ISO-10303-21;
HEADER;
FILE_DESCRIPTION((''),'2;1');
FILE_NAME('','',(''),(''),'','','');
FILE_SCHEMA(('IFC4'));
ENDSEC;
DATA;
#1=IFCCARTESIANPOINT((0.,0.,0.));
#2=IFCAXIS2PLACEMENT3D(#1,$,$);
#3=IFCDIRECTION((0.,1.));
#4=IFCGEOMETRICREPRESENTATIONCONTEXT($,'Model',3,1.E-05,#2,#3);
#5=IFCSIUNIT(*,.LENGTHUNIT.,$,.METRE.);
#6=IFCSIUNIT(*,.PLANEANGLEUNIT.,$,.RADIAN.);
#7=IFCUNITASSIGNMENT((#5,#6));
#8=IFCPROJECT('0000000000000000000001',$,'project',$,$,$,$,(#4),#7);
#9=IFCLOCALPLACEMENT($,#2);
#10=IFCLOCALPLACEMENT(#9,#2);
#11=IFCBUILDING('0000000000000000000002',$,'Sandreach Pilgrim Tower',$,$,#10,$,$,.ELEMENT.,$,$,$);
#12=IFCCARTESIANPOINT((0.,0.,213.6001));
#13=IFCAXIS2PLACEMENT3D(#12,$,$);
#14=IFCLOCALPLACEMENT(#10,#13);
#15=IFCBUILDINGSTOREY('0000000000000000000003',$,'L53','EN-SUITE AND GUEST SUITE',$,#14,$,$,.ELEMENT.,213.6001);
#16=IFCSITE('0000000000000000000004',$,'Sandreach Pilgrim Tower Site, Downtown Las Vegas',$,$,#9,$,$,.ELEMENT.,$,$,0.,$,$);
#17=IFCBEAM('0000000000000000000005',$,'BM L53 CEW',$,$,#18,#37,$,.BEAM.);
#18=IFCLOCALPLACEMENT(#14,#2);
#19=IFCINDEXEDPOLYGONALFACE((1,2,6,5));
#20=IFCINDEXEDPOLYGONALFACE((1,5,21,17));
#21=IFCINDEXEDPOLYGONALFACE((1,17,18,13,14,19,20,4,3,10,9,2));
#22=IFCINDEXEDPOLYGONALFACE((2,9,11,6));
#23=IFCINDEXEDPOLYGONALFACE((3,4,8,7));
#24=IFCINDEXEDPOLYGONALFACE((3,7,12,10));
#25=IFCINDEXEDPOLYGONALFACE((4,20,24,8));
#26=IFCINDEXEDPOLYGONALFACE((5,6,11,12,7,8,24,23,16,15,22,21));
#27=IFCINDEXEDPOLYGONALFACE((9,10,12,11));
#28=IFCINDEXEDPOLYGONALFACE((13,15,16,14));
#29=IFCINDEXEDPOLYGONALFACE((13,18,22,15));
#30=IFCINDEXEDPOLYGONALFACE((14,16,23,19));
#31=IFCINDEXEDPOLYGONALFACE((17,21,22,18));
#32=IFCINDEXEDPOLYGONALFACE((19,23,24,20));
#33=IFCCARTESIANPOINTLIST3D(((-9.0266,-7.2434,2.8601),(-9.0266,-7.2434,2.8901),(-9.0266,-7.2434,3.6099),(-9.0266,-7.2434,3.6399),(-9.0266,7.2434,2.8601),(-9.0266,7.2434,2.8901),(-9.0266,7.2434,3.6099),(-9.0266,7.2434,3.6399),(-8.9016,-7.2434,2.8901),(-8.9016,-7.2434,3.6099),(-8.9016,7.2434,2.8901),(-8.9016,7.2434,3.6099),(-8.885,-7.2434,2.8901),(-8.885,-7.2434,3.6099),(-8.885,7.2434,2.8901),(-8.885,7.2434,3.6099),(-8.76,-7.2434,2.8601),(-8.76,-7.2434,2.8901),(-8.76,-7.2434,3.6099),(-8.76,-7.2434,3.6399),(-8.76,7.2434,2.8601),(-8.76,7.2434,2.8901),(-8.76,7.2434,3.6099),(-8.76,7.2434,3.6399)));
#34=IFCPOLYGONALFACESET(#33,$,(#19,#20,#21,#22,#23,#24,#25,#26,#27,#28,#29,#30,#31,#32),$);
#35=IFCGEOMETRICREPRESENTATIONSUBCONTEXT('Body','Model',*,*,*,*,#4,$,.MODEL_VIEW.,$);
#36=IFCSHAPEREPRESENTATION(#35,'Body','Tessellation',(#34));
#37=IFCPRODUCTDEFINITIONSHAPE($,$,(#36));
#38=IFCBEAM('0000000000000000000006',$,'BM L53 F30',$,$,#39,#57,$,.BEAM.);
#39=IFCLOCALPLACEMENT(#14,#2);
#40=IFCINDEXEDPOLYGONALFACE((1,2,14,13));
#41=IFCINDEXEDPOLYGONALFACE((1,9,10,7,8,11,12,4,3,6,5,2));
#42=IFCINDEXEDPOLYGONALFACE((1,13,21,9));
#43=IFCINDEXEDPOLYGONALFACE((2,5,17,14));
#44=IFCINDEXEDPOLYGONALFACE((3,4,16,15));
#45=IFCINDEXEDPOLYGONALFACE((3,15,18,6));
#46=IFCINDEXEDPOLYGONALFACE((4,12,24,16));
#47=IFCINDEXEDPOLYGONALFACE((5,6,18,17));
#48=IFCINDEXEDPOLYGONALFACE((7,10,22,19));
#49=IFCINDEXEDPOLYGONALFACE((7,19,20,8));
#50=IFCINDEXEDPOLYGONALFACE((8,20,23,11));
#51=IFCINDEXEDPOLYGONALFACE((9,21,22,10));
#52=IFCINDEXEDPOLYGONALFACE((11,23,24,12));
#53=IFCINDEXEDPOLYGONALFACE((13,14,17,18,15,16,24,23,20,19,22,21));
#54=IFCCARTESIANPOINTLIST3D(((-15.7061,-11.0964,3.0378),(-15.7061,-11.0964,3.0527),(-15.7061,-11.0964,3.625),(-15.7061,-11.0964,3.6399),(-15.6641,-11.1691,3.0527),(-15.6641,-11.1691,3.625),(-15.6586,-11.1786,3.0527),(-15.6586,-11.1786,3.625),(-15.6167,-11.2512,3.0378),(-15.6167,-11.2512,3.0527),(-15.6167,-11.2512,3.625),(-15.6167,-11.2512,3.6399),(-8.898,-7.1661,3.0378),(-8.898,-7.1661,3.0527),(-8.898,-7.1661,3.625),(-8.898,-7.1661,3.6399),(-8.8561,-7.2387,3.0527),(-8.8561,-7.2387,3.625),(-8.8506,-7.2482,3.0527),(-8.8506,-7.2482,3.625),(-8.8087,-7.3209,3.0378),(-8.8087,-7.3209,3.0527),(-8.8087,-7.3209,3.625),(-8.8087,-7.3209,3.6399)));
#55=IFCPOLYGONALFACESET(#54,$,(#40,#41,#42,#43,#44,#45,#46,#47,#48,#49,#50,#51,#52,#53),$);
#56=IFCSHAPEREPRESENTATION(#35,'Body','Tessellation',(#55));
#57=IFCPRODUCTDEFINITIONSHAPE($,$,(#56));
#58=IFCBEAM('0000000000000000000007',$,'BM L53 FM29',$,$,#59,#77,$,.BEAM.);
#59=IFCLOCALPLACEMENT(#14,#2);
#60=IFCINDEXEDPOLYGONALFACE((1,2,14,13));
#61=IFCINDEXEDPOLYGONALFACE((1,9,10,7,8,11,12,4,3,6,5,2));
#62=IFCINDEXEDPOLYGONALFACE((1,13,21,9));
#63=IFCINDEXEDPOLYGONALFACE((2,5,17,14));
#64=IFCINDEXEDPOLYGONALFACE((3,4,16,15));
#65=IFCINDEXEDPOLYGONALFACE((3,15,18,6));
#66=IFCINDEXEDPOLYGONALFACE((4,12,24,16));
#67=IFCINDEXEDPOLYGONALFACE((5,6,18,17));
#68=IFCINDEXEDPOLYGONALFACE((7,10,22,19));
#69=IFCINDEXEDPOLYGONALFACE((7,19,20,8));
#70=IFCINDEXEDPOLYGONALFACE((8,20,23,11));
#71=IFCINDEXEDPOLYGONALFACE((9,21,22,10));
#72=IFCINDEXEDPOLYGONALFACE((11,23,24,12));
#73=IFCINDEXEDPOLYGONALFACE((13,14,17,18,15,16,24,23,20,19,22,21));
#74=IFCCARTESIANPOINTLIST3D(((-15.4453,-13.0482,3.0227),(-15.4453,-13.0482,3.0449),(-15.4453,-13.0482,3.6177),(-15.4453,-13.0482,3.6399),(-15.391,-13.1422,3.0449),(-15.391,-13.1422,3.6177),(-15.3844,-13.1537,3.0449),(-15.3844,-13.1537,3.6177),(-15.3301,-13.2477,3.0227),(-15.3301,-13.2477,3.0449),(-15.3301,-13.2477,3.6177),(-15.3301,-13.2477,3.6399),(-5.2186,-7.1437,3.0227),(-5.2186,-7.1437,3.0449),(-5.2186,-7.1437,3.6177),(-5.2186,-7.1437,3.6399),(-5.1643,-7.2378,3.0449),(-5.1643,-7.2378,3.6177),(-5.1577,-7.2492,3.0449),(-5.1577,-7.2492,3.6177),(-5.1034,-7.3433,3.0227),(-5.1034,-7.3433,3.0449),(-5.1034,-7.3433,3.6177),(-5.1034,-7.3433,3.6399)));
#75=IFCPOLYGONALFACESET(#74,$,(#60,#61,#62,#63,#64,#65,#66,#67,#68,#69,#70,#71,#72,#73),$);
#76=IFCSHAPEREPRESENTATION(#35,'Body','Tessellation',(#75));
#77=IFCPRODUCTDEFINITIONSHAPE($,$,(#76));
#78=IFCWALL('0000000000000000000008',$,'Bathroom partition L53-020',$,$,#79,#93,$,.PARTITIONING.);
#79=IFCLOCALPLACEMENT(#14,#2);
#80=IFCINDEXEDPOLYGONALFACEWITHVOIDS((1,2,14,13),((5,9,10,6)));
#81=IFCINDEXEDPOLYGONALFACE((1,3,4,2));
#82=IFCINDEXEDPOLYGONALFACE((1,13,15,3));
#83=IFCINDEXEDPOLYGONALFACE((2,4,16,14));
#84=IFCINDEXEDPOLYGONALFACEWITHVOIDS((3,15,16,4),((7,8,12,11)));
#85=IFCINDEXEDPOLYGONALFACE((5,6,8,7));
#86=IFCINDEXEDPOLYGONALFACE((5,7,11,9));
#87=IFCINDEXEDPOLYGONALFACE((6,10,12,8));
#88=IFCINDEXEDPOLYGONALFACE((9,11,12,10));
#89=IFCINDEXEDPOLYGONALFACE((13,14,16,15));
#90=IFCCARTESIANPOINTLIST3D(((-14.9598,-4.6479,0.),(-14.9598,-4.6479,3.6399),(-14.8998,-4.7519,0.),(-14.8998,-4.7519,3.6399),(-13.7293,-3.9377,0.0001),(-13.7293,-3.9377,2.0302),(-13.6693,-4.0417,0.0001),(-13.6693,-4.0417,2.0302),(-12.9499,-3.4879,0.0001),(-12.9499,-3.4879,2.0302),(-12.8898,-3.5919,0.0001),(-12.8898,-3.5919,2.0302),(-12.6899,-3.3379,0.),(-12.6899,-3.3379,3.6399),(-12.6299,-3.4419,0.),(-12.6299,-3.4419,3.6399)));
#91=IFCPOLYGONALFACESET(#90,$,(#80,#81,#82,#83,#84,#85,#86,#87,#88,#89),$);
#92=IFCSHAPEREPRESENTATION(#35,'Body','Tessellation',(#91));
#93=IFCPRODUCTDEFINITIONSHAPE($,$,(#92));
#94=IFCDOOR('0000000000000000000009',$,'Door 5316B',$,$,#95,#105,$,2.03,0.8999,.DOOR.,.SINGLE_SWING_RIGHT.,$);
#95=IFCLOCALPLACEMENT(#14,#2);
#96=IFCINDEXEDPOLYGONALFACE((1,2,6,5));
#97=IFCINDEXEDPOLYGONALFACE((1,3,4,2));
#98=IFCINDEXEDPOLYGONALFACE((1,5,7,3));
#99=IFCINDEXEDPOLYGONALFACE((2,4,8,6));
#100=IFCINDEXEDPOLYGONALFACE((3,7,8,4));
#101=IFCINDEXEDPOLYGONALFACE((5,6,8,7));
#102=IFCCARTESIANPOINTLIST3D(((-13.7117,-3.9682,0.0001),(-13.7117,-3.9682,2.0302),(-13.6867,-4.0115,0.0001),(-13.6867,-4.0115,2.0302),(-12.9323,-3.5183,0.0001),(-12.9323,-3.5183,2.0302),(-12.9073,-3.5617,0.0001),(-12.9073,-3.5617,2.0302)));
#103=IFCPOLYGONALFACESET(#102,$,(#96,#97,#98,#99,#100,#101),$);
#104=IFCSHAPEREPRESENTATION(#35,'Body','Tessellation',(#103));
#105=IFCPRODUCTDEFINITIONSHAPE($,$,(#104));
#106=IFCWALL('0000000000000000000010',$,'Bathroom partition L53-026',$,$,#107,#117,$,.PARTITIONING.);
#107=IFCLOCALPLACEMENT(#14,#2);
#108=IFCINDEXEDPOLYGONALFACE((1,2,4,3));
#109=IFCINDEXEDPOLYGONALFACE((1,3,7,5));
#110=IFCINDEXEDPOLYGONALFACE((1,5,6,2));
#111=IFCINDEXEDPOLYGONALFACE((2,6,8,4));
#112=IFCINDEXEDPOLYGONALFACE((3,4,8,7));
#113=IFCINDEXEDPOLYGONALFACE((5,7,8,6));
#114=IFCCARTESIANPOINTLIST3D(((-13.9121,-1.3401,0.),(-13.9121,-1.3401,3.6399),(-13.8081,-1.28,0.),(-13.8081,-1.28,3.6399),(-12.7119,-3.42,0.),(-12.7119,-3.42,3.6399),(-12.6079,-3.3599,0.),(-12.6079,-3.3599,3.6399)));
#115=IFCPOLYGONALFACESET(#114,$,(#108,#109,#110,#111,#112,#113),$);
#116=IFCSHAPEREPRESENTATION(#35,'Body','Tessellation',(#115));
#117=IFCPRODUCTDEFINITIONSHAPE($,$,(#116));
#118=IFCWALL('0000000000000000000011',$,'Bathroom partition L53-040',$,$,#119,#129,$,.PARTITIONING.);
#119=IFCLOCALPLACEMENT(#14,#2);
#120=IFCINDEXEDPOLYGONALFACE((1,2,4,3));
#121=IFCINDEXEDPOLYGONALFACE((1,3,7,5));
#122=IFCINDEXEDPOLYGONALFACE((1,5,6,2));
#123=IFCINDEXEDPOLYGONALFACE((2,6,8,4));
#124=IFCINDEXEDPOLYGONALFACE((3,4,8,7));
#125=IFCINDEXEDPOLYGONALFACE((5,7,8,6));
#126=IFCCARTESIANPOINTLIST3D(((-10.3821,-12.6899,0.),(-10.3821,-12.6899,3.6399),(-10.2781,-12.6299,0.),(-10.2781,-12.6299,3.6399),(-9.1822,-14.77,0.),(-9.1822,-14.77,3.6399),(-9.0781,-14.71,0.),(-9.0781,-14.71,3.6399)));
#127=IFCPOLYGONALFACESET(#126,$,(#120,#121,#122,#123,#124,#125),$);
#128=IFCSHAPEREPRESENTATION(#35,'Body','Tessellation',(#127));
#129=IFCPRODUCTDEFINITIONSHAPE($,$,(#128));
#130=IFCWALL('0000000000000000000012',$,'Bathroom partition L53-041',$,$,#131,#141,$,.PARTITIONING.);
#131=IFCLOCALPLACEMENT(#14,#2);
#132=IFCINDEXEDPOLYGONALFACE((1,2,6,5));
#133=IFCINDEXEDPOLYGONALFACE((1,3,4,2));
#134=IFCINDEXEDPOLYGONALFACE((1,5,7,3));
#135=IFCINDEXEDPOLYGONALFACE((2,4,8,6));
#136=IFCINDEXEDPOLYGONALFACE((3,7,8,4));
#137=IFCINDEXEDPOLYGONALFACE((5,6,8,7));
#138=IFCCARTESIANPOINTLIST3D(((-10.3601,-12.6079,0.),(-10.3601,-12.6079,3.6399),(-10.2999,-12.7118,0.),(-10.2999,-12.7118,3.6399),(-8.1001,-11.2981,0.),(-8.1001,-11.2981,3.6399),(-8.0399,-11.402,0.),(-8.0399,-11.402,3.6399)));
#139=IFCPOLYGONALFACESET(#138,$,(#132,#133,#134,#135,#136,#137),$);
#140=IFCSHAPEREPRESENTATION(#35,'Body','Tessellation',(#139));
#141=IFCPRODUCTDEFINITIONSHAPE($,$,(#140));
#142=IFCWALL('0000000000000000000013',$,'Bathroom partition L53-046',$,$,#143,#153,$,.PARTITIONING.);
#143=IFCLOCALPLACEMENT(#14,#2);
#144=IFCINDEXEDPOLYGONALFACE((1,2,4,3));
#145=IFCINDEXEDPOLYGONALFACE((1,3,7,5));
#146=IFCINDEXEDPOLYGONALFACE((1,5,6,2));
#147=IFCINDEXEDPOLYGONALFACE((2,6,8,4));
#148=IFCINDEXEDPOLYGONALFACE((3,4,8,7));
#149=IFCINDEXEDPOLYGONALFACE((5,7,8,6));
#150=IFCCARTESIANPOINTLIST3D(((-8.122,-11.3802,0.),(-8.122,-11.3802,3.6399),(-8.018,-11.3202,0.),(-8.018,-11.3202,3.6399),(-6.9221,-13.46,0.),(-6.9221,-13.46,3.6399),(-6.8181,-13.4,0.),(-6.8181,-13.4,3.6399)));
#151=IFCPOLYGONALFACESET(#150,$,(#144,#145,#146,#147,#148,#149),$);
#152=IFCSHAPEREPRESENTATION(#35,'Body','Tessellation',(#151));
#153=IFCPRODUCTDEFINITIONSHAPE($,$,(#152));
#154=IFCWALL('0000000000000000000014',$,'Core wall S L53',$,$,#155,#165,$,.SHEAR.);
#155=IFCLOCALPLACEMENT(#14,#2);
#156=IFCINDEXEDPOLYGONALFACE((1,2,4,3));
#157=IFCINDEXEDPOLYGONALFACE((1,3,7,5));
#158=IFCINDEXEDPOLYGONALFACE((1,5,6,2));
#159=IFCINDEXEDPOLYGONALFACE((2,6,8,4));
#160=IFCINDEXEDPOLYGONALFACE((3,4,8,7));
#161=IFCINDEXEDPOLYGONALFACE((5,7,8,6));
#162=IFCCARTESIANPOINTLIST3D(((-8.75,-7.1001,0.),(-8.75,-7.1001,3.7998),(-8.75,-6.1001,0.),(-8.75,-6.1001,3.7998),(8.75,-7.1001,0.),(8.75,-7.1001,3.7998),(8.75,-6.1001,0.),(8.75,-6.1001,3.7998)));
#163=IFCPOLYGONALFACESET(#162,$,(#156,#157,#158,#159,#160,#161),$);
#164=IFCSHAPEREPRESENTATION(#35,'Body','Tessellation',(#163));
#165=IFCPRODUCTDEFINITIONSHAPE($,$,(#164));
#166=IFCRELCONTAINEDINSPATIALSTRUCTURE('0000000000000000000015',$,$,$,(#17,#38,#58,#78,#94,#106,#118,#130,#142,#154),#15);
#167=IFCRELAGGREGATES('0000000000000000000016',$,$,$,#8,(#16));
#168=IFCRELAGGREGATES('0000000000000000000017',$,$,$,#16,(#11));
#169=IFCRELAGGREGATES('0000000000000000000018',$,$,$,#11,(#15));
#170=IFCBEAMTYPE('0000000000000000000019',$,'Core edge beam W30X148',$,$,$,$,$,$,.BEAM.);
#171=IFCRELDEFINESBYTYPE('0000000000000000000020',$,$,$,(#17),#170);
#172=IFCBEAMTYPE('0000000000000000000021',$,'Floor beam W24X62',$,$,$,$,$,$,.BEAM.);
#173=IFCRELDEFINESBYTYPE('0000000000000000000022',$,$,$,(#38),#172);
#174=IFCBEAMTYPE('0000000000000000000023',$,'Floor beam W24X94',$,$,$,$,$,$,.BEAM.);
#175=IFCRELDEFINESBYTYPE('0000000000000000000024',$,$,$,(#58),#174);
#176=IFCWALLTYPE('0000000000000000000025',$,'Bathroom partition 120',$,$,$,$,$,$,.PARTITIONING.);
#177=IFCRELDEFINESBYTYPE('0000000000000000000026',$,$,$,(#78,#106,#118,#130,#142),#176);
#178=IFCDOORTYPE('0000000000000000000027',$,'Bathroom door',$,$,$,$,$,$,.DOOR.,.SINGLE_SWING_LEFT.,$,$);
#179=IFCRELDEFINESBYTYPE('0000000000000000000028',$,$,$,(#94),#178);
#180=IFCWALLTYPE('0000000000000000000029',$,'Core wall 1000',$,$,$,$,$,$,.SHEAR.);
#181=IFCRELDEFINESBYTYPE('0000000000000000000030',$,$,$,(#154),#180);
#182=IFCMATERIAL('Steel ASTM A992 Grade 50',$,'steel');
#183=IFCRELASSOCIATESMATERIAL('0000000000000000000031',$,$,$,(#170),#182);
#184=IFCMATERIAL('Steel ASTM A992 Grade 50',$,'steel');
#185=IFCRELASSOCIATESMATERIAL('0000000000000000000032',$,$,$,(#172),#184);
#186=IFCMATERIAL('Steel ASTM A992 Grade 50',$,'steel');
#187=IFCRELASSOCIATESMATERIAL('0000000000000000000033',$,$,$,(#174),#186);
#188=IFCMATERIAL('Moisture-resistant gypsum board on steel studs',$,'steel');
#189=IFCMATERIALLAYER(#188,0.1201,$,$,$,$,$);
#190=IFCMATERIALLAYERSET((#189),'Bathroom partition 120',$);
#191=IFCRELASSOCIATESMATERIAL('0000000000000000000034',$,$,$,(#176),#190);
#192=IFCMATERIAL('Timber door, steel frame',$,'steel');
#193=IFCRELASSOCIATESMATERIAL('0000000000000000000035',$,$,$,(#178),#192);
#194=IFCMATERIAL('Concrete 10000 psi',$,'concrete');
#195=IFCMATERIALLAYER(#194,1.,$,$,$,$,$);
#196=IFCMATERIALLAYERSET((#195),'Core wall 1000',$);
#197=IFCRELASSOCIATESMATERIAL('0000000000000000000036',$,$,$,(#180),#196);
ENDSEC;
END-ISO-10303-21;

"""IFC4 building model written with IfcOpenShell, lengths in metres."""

from ifc_helpers import new_model, si_unit, direction, frame, frame_2d, origin, origin_2d, place, context, subcontext, project, spatial, rectangle, i_section, extrude, material, layer, layer_set, material_profile, profile_set, type_object, element, fill, save


model = new_model("IFC4")

# Units and contexts
model_context = context("Model", 3, precision=1e-05, world=origin(), true_north=direction((0.0, 1.0)))
body_context = subcontext(model_context, "Body", "Model", "MODEL_VIEW")
ifc_project = project(units=[si_unit("LENGTHUNIT", "METRE"), si_unit("PLANEANGLEUNIT", "RADIAN")], contexts=[model_context])

# Site, building, storey
site_placement = place(None, origin())
site = spatial("IfcSite", under=ifc_project, at=site_placement, Name="Sandreach Pilgrim Tower Site, Downtown Las Vegas", CompositionType="ELEMENT", RefElevation=0.0)
building_placement = place(site_placement, origin())
building = spatial("IfcBuilding", under=site, at=building_placement, Name="Sandreach Pilgrim Tower", CompositionType="ELEMENT")
storey_placement = place(building_placement, frame((0.0, 0.0, 213.6001)))
storey = spatial("IfcBuildingStorey", under=building, at=storey_placement, Name="L53", Description="EN-SUITE AND GUEST SUITE", CompositionType="ELEMENT", Elevation=213.6001)

# Beams
ifc_material_1 = material(Name="Steel ASTM A992 Grade 50", Category="steel")
ifc_material_profile_1 = material_profile(ifc_material_1, i_section(OverallWidth=0.2666, OverallDepth=0.7798, WebThickness=0.0166, FlangeThickness=0.03, at=origin_2d()), Name="W30X148")
ifc_profile_set_1 = profile_set([ifc_material_profile_1], Name="Steel ASTM A992 Grade 50")
beam_type_1 = type_object("IfcBeamType", Name="Core edge beam W30X148", PredefinedType="BEAM", material=ifc_profile_set_1)
beam_1_placement = place(storey_placement, frame((-8.8933, -7.2434, 3.25), z_axis=(0.0, 1.0, 0.0), x_axis=(-1.0, 0.0, 0.0)))
element("IfcBeam", 1, at=beam_1_placement, inside=storey, type_object=beam_type_1, Name="BM L53 CEW", PredefinedType="BEAM", context=body_context, shape_type="SweptSolid", body=[
    extrude(i_section(OverallWidth=0.2666, OverallDepth=0.7798, WebThickness=0.0166, FlangeThickness=0.03, at=origin_2d()), origin(), (0.0, 0.0, 1.0), 14.4868),
])
ifc_material_2 = material(Name="Steel ASTM A992 Grade 50", Category="steel")
ifc_material_profile_2 = material_profile(ifc_material_2, i_section(OverallWidth=0.1787, OverallDepth=0.6021, WebThickness=0.011, FlangeThickness=0.0149, at=origin_2d()), Name="W24X62")
ifc_profile_set_2 = profile_set([ifc_material_profile_2], Name="Steel ASTM A992 Grade 50")
beam_type_2 = type_object("IfcBeamType", Name="Floor beam W24X62", PredefinedType="BEAM", material=ifc_profile_set_2)
beam_2_placement = place(storey_placement, frame((-15.6614, -11.1738, 3.3389), z_axis=(0.866039, 0.499977, 0.0), x_axis=(-0.499977, 0.866039, 0.0)))
element("IfcBeam", 2, at=beam_2_placement, inside=storey, type_object=beam_type_2, Name="BM L53 F30", PredefinedType="BEAM", context=body_context, shape_type="SweptSolid", body=[
    extrude(i_section(OverallWidth=0.1787, OverallDepth=0.6021, WebThickness=0.011, FlangeThickness=0.0149, at=origin_2d()), origin(), (0.0, 0.0, 1.0), 7.8611),
])
ifc_material_3 = material(Name="Steel ASTM A992 Grade 50", Category="steel")
ifc_material_profile_3 = material_profile(ifc_material_3, i_section(OverallWidth=0.2305, OverallDepth=0.6172, WebThickness=0.0132, FlangeThickness=0.0222, at=origin_2d()), Name="W24X94")
ifc_profile_set_3 = profile_set([ifc_material_profile_3], Name="Steel ASTM A992 Grade 50")
beam_type_3 = type_object("IfcBeamType", Name="Floor beam W24X94", PredefinedType="BEAM", material=ifc_profile_set_3)
beam_3_placement = place(storey_placement, frame((-15.3877, -13.1479, 3.3313), z_axis=(0.866022, 0.500006, 0.0), x_axis=(-0.500006, 0.866022, 0.0)))
element("IfcBeam", 3, at=beam_3_placement, inside=storey, type_object=beam_type_3, Name="BM L53 FM29", PredefinedType="BEAM", context=body_context, shape_type="SweptSolid", body=[
    extrude(i_section(OverallWidth=0.2305, OverallDepth=0.6172, WebThickness=0.0132, FlangeThickness=0.0222, at=origin_2d()), origin(), (0.0, 0.0, 1.0), 11.8088),
])

# Wall, opening, door
ifc_material_4 = material(Name="Moisture-resistant gypsum board on steel studs", Category="steel")
ifc_layer_1 = layer(ifc_material_4, 0.1201)
ifc_layer_set_1 = layer_set([ifc_layer_1], Name="Bathroom partition 120")
wall_type_1 = type_object("IfcWallType", Name="Bathroom partition 120", PredefinedType="PARTITIONING", material=ifc_layer_set_1)
wall_1_placement = place(storey_placement, frame((-14.9299, -4.7, 0.0), z_axis=(0.0, 0.0, 1.0), x_axis=(0.866114, 0.499846, 0.0)))
wall_1 = element("IfcWall", 4, at=wall_1_placement, inside=storey, type_object=wall_type_1, Name="Bathroom partition L53-020", PredefinedType="PARTITIONING", context=body_context, shape_type="SweptSolid", body=[
    extrude(rectangle(XDim=2.6208, YDim=0.1201, at=frame_2d((1.3105, 0.0))), origin(), (0.0, 0.0, 1.0), 3.6399),
])
opening_1_placement = place(wall_1_placement, frame((1.4209, 0.0, 0.0)))
opening_1 = element("IfcOpeningElement", 5, at=opening_1_placement, cuts=wall_1, PredefinedType="OPENING", context=body_context, shape_type="SweptSolid", body=[
    extrude(rectangle(XDim=0.8999, YDim=2.03, at=frame_2d((0.45, 1.0151))), frame((0.0, 0.0601, 0.0), z_axis=(0.0, -1.0, 0.0), x_axis=(1.0, 0.0, 0.0)), (0.0, 0.0, 1.0), 0.1201),
])
ifc_material_5 = material(Name="Timber door, steel frame", Category="steel")
door_type_1 = type_object("IfcDoorType", Name="Bathroom door", OperationType="SINGLE_SWING_LEFT", PredefinedType="DOOR", material=ifc_material_5)
door_1_placement = place(opening_1_placement, origin())
door_1 = element("IfcDoor", 6, at=door_1_placement, inside=storey, type_object=door_type_1, Name="Door 5316B", OperationType="SINGLE_SWING_RIGHT", OverallHeight=2.03, OverallWidth=0.8999, PredefinedType="DOOR", context=body_context, shape_type="SweptSolid", body=[
    extrude(rectangle(XDim=0.8999, YDim=2.03, at=frame_2d((0.45, 1.0151))), frame((0.0, 0.0249, 0.0), z_axis=(0.0, -1.0, 0.0), x_axis=(1.0, 0.0, 0.0)), (0.0, 0.0, 1.0), 0.05),
])
fill(opening_1, door_1)

# Walls
for number, where, z_axis, x_axis, name in (
    (7, (-13.8601, -1.3101, 0.0), (0.0, 0.0, 1.0), (0.499813, -0.866133, 0.0), "Bathroom partition L53-026"),
    (8, (-10.3301, -12.6599, 0.0), (0.0, 0.0, 1.0), (0.499693, -0.866203, 0.0), "Bathroom partition L53-040"),
):
    element("IfcWall", number, at=place(storey_placement, frame(where, z_axis=z_axis, x_axis=x_axis)), inside=storey, type_object=wall_type_1, Name=name, PredefinedType="PARTITIONING", context=body_context, shape_type="SweptSolid", body=[
        extrude(rectangle(XDim=2.4014, YDim=0.1201, at=frame_2d((1.2007, 0.0))), origin(), (0.0, 0.0, 1.0), 3.6399),
    ])
wall_2_placement = place(storey_placement, frame((-10.3301, -12.6599, 0.0), z_axis=(0.0, 0.0, 1.0), x_axis=(0.865196, 0.501434, 0.0)))
element("IfcWall", 9, at=wall_2_placement, inside=storey, type_object=wall_type_1, Name="Bathroom partition L53-041", PredefinedType="PARTITIONING", context=body_context, shape_type="SweptSolid", body=[
    extrude(rectangle(XDim=2.6121, YDim=0.1201, at=frame_2d((1.3062, 0.0))), origin(), (0.0, 0.0, 1.0), 3.6399),
])
wall_3_placement = place(storey_placement, frame((-8.0701, -11.3501, 0.0), z_axis=(0.0, 0.0, 1.0), x_axis=(0.499737, -0.866177, 0.0)))
element("IfcWall", 10, at=wall_3_placement, inside=storey, type_object=wall_type_1, Name="Bathroom partition L53-046", PredefinedType="PARTITIONING", context=body_context, shape_type="SweptSolid", body=[
    extrude(rectangle(XDim=2.4011, YDim=0.1201, at=frame_2d((1.2007, 0.0))), origin(), (0.0, 0.0, 1.0), 3.6399),
])
ifc_material_6 = material(Name="Concrete 10000 psi", Category="concrete")
ifc_layer_2 = layer(ifc_material_6, 1.0)
ifc_layer_set_2 = layer_set([ifc_layer_2], Name="Core wall 1000")
wall_type_2 = type_object("IfcWallType", Name="Core wall 1000", PredefinedType="SHEAR", material=ifc_layer_set_2)
wall_4_placement = place(storey_placement, frame((-8.75, -6.6001, 0.0), z_axis=(0.0, 0.0, 1.0), x_axis=(1.0, 0.0, 0.0)))
element("IfcWall", 11, at=wall_4_placement, inside=storey, type_object=wall_type_2, Name="Core wall S L53", PredefinedType="SHEAR", context=body_context, shape_type="SweptSolid", body=[
    extrude(rectangle(XDim=17.5, YDim=1.0, at=frame_2d((8.75, 0.0))), origin(), (0.0, 0.0, 1.0), 3.7998),
])

save(model, "model.ifc")
